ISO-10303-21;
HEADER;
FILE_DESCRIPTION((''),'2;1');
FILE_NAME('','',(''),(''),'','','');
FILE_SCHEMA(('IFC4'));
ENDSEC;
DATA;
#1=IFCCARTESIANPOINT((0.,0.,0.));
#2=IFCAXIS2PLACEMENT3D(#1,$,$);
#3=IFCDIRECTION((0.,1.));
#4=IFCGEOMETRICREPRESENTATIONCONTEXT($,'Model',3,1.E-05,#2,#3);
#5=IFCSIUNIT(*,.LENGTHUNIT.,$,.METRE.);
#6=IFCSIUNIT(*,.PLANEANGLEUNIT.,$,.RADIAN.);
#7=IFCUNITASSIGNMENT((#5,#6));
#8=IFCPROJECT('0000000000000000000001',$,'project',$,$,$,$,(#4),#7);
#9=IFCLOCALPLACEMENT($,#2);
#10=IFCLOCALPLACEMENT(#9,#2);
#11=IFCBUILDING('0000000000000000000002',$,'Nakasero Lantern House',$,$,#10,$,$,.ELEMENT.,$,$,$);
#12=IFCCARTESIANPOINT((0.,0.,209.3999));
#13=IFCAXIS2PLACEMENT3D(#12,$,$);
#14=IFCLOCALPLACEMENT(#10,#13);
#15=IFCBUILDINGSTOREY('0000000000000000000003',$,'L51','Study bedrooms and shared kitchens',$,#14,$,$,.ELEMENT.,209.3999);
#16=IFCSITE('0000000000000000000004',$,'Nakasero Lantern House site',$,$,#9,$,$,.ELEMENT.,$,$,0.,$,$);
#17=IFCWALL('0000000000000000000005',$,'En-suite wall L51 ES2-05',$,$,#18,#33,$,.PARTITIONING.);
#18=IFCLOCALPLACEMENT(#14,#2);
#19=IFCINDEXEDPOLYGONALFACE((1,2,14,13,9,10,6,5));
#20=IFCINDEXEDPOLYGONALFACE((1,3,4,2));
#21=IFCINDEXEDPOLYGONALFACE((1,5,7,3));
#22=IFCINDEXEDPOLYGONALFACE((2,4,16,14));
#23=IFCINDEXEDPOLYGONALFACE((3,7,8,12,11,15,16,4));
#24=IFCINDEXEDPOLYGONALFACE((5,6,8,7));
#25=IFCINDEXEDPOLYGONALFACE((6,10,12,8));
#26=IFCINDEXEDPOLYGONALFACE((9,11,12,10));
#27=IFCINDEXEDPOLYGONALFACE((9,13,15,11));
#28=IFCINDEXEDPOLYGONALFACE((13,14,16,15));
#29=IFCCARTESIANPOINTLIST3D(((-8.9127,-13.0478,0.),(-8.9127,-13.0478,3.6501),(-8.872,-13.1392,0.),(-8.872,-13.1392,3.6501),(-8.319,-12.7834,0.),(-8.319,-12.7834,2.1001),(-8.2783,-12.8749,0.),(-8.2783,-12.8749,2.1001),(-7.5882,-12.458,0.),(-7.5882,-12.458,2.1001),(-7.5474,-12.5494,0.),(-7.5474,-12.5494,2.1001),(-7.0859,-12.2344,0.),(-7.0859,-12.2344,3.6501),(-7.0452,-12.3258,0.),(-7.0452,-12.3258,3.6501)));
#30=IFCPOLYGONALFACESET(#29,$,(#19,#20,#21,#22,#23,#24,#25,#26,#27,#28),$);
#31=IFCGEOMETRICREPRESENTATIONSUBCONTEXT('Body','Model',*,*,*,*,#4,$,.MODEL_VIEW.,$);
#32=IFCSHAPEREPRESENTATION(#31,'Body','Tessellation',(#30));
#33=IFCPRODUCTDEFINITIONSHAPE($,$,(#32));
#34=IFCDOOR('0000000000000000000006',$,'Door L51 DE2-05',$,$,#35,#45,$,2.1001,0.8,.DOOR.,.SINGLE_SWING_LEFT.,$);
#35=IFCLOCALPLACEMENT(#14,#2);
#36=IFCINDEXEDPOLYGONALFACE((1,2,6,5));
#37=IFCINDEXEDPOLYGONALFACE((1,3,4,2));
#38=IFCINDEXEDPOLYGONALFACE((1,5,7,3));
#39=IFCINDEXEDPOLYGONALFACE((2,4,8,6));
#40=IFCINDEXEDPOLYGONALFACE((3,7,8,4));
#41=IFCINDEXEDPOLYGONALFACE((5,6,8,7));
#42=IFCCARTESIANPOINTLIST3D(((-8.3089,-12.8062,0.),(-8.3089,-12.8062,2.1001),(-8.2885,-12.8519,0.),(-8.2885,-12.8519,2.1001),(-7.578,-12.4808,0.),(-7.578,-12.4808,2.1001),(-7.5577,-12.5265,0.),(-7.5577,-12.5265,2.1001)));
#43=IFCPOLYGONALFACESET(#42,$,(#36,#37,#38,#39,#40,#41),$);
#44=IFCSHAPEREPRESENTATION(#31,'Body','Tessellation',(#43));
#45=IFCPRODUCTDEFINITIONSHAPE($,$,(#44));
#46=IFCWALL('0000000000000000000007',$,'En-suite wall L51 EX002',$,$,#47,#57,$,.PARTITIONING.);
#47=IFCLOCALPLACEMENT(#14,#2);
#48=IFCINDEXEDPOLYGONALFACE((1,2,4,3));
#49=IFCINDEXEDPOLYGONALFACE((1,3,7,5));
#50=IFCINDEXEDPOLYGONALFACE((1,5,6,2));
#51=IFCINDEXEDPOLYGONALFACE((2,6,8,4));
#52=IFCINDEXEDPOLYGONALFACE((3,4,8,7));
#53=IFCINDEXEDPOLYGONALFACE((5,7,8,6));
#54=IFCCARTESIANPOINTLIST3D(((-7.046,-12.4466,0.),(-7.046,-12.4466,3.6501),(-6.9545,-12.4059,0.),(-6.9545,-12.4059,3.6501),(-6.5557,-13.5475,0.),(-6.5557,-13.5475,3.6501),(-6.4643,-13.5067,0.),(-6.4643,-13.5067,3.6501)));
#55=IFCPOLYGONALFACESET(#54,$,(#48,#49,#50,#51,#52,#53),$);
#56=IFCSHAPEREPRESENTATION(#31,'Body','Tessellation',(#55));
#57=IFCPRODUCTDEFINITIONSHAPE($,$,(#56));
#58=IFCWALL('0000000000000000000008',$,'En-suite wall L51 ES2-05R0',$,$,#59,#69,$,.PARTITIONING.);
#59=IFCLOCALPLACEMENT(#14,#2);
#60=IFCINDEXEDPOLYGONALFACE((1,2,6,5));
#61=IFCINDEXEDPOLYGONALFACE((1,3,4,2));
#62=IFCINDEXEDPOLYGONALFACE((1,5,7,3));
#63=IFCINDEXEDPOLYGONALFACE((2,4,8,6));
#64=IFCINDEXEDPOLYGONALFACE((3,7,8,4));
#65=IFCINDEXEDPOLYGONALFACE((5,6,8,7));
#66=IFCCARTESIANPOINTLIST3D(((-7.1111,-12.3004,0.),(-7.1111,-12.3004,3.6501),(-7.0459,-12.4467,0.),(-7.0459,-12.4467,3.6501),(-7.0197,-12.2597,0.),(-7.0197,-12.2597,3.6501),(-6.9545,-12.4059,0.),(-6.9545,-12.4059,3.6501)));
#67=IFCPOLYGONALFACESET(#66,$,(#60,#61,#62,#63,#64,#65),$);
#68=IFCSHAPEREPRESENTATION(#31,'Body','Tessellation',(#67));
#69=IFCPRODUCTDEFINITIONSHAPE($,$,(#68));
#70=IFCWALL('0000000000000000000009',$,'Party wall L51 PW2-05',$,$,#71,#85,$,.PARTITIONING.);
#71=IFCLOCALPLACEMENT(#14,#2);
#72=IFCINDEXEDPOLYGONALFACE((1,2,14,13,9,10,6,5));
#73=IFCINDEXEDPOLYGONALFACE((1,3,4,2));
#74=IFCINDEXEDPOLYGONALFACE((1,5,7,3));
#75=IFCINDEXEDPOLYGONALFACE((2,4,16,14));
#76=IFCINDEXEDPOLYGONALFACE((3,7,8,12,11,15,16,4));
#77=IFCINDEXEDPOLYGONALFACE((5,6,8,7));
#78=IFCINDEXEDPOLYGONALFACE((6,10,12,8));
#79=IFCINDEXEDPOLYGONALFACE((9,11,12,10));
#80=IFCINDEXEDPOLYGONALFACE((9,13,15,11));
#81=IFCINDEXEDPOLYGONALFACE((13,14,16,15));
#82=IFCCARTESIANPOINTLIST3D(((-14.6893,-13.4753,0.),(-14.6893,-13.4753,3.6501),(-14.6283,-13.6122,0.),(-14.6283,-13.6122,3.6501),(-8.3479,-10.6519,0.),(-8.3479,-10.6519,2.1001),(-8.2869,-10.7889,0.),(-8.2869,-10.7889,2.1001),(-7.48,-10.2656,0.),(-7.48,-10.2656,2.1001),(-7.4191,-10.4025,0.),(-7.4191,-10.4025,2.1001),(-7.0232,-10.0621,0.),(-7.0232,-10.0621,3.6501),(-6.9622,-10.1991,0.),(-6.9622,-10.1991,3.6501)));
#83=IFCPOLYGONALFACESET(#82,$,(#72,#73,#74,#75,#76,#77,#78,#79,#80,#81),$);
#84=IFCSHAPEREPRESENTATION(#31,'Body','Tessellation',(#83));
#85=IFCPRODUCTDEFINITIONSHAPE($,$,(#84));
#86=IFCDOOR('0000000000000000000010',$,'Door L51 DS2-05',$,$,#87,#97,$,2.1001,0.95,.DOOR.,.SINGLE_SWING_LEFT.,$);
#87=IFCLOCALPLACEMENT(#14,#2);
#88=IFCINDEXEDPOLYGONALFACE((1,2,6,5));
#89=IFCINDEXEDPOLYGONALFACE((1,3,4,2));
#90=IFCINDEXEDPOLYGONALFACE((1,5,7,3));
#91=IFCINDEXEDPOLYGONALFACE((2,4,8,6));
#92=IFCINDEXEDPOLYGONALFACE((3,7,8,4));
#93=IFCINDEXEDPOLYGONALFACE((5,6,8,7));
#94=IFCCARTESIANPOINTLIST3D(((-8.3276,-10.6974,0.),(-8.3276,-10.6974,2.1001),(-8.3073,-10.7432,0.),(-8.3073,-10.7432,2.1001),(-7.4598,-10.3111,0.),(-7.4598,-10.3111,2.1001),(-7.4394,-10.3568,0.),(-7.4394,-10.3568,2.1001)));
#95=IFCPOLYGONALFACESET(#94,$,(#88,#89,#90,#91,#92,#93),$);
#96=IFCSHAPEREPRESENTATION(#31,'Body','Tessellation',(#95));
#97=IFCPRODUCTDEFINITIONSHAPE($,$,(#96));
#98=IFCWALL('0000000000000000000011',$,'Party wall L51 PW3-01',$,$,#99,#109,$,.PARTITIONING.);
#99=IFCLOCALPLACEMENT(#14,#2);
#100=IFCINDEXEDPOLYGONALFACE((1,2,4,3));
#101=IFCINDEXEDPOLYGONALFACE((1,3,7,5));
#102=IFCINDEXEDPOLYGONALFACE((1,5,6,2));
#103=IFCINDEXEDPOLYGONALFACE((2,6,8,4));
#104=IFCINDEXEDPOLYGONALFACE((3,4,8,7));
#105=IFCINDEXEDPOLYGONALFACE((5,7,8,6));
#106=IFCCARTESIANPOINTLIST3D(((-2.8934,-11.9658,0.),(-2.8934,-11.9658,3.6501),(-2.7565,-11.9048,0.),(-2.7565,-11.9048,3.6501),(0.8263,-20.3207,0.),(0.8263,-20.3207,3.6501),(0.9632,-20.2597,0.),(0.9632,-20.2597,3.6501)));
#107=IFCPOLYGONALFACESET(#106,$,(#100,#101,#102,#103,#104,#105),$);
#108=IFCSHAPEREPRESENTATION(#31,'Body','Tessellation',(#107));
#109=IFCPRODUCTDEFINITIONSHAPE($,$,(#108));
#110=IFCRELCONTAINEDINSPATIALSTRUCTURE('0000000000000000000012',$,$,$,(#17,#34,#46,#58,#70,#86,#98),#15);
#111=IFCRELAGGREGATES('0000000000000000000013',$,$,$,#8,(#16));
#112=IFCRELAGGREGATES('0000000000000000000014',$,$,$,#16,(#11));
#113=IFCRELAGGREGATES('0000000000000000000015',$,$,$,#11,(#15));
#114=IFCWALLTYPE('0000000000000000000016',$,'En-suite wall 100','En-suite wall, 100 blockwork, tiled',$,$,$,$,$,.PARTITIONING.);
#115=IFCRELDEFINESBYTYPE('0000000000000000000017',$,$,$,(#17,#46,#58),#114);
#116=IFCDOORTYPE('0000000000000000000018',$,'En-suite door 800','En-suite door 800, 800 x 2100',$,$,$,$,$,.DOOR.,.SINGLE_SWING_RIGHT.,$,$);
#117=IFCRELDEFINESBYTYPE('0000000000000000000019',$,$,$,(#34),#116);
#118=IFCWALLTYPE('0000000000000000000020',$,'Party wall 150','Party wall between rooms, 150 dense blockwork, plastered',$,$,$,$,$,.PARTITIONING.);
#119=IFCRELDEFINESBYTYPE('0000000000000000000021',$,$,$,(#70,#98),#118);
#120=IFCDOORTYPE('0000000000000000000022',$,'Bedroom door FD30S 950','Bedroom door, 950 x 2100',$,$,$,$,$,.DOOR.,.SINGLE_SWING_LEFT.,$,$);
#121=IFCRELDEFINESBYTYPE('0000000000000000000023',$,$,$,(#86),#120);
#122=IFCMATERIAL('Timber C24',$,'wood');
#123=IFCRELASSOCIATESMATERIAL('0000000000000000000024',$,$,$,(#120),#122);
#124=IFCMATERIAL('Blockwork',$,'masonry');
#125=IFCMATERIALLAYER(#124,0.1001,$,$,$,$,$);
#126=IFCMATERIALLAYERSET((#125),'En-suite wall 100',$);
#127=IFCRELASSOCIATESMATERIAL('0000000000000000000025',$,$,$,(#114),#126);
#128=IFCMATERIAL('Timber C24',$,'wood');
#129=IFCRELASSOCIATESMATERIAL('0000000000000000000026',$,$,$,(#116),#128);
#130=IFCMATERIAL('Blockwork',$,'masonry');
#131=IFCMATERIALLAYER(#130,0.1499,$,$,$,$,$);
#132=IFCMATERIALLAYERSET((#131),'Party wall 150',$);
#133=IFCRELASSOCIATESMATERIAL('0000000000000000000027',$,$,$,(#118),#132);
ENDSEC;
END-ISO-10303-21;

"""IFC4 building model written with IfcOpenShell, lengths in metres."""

from ifc_helpers import new_model, si_unit, direction, frame, frame_2d, origin, place, context, subcontext, project, spatial, rectangle, extrude, material, layer, layer_set, type_object, element, fill, save


model = new_model("IFC4")

# Units and contexts
model_context = context("Model", 3, precision=1e-05, world=origin(), true_north=direction((0.0, 1.0)))
body_context = subcontext(model_context, "Body", "Model", "MODEL_VIEW")
ifc_project = project(units=[si_unit("LENGTHUNIT", "METRE"), si_unit("PLANEANGLEUNIT", "RADIAN")], contexts=[model_context])

# Site, building, storey
site_placement = place(None, origin())
site = spatial("IfcSite", under=ifc_project, at=site_placement, Name="Nakasero Lantern House site", CompositionType="ELEMENT", RefElevation=0.0)
building_placement = place(site_placement, origin())
building = spatial("IfcBuilding", under=site, at=building_placement, Name="Nakasero Lantern House", CompositionType="ELEMENT")
storey_placement = place(building_placement, frame((0.0, 0.0, 209.3999)))
storey = spatial("IfcBuildingStorey", under=building, at=storey_placement, Name="L51", Description="Study bedrooms and shared kitchens", CompositionType="ELEMENT", Elevation=209.3999)

# Wall, opening, door
ifc_material_1 = material(Name="Timber C24", Category="wood")
door_type_1 = type_object("IfcDoorType", Name="Bedroom door FD30S 950", Description="Bedroom door, 950 x 2100", OperationType="SINGLE_SWING_LEFT", PredefinedType="DOOR", material=ifc_material_1)
ifc_material_2 = material(Name="Blockwork", Category="masonry")
ifc_layer_1 = layer(ifc_material_2, 0.1001)
ifc_layer_set_1 = layer_set([ifc_layer_1], Name="En-suite wall 100")
wall_type_1 = type_object("IfcWallType", Name="En-suite wall 100", Description="En-suite wall, 100 blockwork, tiled", PredefinedType="PARTITIONING", material=ifc_layer_set_1)
wall_1_placement = place(storey_placement, frame((-7.0654, -12.28, 0.0), z_axis=(0.0, 0.0, 1.0), x_axis=(-0.913529, -0.406773, 0.0)))
wall_1 = element("IfcWall", 1, at=wall_1_placement, inside=storey, type_object=wall_type_1, Name="En-suite wall L51 ES2-05", PredefinedType="PARTITIONING", context=body_context, shape_type="SweptSolid", body=[
    extrude(rectangle(XDim=1.9998, YDim=0.1001, at=frame_2d((1.0, 0.0))), origin(), (0.0, 0.0, 1.0), 3.6501),
])
opening_1_placement = place(wall_1_placement, frame((0.55, 0.0, 0.0)))
opening_1 = element("IfcOpeningElement", 2, at=opening_1_placement, cuts=wall_1, PredefinedType="OPENING", context=body_context, shape_type="SweptSolid", body=[
    extrude(rectangle(XDim=0.8, YDim=2.1001, at=frame_2d((0.3999, 1.05))), frame((0.0, 0.0701, 0.0), z_axis=(0.0, -1.0, 0.0), x_axis=(1.0, 0.0, 0.0)), (0.0, 0.0, 1.0), 0.1401),
])
ifc_material_3 = material(Name="Timber C24", Category="wood")
door_type_2 = type_object("IfcDoorType", Name="En-suite door 800", Description="En-suite door 800, 800 x 2100", OperationType="SINGLE_SWING_RIGHT", PredefinedType="DOOR", material=ifc_material_3)
door_1_placement = place(opening_1_placement, origin())
door_1 = element("IfcDoor", 3, at=door_1_placement, inside=storey, type_object=door_type_2, Name="Door L51 DE2-05", OperationType="SINGLE_SWING_LEFT", OverallHeight=2.1001, OverallWidth=0.8, PredefinedType="DOOR", context=body_context, shape_type="SweptSolid", body=[
    extrude(rectangle(XDim=0.8, YDim=2.1001, at=frame_2d((0.3999, 1.05))), frame((0.0, 0.0249, 0.0), z_axis=(0.0, -1.0, 0.0), x_axis=(1.0, 0.0, 0.0)), (0.0, 0.0, 1.0), 0.05),
])
fill(opening_1, door_1)

# Walls
wall_2_placement = place(storey_placement, frame((-6.51, -13.5271, 0.0), z_axis=(0.0, 0.0, 1.0), x_axis=(-0.406815, 0.913511, 0.0)))
element("IfcWall", 4, at=wall_2_placement, inside=storey, type_object=wall_type_1, Name="En-suite wall L51 EX002", PredefinedType="PARTITIONING", context=body_context, shape_type="SweptSolid", body=[
    extrude(rectangle(XDim=1.2051, YDim=0.1001, at=frame_2d((0.6025, 0.0))), origin(), (0.0, 0.0, 1.0), 3.6501),
])
wall_3_placement = place(storey_placement, frame((-7.0654, -12.28, 0.0), z_axis=(0.0, 0.0, 1.0), x_axis=(0.407129, -0.913371, 0.0)))
element("IfcWall", 5, at=wall_3_placement, inside=storey, type_object=wall_type_1, Name="En-suite wall L51 ES2-05R0", PredefinedType="PARTITIONING", context=body_context, shape_type="SweptSolid", body=[
    extrude(rectangle(XDim=0.1602, YDim=0.1001, at=frame_2d((0.0801, 0.0))), origin(), (0.0, 0.0, 1.0), 3.6501),
])

# Wall, opening, door
ifc_material_4 = material(Name="Blockwork", Category="masonry")
ifc_layer_2 = layer(ifc_material_4, 0.1499)
ifc_layer_set_2 = layer_set([ifc_layer_2], Name="Party wall 150")
wall_type_2 = type_object("IfcWallType", Name="Party wall 150", Description="Party wall between rooms, 150 dense blockwork, plastered", PredefinedType="PARTITIONING", material=ifc_layer_set_2)
wall_4_placement = place(storey_placement, frame((-6.9927, -10.1306, 0.0), z_axis=(0.0, 0.0, 1.0), x_axis=(-0.913547, -0.406732, 0.0)))
wall_4 = element("IfcWall", 6, at=wall_4_placement, inside=storey, type_object=wall_type_2, Name="Party wall L51 PW2-05", PredefinedType="PARTITIONING", context=body_context, shape_type="SweptSolid", body=[
    extrude(rectangle(XDim=8.3916, YDim=0.1499, at=frame_2d((4.1958, 0.0))), origin(), (0.0, 0.0, 1.0), 3.6501),
])
opening_2_placement = place(wall_4_placement, frame((0.5, 0.0, 0.0)))
opening_2 = element("IfcOpeningElement", 7, at=opening_2_placement, cuts=wall_4, PredefinedType="OPENING", context=body_context, shape_type="SweptSolid", body=[
    extrude(rectangle(XDim=0.95, YDim=2.1001, at=frame_2d((0.4751, 1.05))), frame((0.0, 0.095, 0.0), z_axis=(0.0, -1.0, 0.0), x_axis=(1.0, 0.0, 0.0)), (0.0, 0.0, 1.0), 0.1899),
])
door_2_placement = place(opening_2_placement, origin())
door_2 = element("IfcDoor", 8, at=door_2_placement, inside=storey, type_object=door_type_1, Name="Door L51 DS2-05", OperationType="SINGLE_SWING_LEFT", OverallHeight=2.1001, OverallWidth=0.95, PredefinedType="DOOR", context=body_context, shape_type="SweptSolid", body=[
    extrude(rectangle(XDim=0.95, YDim=2.1001, at=frame_2d((0.4751, 1.05))), frame((0.0, 0.0249, 0.0), z_axis=(0.0, -1.0, 0.0), x_axis=(1.0, 0.0, 0.0)), (0.0, 0.0, 1.0), 0.05),
])
fill(opening_2, door_2)

# Wall
wall_5_placement = place(storey_placement, frame((-2.825, -11.9353, 0.0), z_axis=(0.0, 0.0, 1.0), x_axis=(0.406723, -0.913552, 0.0)))
element("IfcWall", 9, at=wall_5_placement, inside=storey, type_object=wall_type_2, Name="Party wall L51 PW3-01", PredefinedType="PARTITIONING", context=body_context, shape_type="SweptSolid", body=[
    extrude(rectangle(XDim=9.1455, YDim=0.1499, at=frame_2d((4.5728, 0.0))), origin(), (0.0, 0.0, 1.0), 3.6501),
])

save(model, "model.ifc")
